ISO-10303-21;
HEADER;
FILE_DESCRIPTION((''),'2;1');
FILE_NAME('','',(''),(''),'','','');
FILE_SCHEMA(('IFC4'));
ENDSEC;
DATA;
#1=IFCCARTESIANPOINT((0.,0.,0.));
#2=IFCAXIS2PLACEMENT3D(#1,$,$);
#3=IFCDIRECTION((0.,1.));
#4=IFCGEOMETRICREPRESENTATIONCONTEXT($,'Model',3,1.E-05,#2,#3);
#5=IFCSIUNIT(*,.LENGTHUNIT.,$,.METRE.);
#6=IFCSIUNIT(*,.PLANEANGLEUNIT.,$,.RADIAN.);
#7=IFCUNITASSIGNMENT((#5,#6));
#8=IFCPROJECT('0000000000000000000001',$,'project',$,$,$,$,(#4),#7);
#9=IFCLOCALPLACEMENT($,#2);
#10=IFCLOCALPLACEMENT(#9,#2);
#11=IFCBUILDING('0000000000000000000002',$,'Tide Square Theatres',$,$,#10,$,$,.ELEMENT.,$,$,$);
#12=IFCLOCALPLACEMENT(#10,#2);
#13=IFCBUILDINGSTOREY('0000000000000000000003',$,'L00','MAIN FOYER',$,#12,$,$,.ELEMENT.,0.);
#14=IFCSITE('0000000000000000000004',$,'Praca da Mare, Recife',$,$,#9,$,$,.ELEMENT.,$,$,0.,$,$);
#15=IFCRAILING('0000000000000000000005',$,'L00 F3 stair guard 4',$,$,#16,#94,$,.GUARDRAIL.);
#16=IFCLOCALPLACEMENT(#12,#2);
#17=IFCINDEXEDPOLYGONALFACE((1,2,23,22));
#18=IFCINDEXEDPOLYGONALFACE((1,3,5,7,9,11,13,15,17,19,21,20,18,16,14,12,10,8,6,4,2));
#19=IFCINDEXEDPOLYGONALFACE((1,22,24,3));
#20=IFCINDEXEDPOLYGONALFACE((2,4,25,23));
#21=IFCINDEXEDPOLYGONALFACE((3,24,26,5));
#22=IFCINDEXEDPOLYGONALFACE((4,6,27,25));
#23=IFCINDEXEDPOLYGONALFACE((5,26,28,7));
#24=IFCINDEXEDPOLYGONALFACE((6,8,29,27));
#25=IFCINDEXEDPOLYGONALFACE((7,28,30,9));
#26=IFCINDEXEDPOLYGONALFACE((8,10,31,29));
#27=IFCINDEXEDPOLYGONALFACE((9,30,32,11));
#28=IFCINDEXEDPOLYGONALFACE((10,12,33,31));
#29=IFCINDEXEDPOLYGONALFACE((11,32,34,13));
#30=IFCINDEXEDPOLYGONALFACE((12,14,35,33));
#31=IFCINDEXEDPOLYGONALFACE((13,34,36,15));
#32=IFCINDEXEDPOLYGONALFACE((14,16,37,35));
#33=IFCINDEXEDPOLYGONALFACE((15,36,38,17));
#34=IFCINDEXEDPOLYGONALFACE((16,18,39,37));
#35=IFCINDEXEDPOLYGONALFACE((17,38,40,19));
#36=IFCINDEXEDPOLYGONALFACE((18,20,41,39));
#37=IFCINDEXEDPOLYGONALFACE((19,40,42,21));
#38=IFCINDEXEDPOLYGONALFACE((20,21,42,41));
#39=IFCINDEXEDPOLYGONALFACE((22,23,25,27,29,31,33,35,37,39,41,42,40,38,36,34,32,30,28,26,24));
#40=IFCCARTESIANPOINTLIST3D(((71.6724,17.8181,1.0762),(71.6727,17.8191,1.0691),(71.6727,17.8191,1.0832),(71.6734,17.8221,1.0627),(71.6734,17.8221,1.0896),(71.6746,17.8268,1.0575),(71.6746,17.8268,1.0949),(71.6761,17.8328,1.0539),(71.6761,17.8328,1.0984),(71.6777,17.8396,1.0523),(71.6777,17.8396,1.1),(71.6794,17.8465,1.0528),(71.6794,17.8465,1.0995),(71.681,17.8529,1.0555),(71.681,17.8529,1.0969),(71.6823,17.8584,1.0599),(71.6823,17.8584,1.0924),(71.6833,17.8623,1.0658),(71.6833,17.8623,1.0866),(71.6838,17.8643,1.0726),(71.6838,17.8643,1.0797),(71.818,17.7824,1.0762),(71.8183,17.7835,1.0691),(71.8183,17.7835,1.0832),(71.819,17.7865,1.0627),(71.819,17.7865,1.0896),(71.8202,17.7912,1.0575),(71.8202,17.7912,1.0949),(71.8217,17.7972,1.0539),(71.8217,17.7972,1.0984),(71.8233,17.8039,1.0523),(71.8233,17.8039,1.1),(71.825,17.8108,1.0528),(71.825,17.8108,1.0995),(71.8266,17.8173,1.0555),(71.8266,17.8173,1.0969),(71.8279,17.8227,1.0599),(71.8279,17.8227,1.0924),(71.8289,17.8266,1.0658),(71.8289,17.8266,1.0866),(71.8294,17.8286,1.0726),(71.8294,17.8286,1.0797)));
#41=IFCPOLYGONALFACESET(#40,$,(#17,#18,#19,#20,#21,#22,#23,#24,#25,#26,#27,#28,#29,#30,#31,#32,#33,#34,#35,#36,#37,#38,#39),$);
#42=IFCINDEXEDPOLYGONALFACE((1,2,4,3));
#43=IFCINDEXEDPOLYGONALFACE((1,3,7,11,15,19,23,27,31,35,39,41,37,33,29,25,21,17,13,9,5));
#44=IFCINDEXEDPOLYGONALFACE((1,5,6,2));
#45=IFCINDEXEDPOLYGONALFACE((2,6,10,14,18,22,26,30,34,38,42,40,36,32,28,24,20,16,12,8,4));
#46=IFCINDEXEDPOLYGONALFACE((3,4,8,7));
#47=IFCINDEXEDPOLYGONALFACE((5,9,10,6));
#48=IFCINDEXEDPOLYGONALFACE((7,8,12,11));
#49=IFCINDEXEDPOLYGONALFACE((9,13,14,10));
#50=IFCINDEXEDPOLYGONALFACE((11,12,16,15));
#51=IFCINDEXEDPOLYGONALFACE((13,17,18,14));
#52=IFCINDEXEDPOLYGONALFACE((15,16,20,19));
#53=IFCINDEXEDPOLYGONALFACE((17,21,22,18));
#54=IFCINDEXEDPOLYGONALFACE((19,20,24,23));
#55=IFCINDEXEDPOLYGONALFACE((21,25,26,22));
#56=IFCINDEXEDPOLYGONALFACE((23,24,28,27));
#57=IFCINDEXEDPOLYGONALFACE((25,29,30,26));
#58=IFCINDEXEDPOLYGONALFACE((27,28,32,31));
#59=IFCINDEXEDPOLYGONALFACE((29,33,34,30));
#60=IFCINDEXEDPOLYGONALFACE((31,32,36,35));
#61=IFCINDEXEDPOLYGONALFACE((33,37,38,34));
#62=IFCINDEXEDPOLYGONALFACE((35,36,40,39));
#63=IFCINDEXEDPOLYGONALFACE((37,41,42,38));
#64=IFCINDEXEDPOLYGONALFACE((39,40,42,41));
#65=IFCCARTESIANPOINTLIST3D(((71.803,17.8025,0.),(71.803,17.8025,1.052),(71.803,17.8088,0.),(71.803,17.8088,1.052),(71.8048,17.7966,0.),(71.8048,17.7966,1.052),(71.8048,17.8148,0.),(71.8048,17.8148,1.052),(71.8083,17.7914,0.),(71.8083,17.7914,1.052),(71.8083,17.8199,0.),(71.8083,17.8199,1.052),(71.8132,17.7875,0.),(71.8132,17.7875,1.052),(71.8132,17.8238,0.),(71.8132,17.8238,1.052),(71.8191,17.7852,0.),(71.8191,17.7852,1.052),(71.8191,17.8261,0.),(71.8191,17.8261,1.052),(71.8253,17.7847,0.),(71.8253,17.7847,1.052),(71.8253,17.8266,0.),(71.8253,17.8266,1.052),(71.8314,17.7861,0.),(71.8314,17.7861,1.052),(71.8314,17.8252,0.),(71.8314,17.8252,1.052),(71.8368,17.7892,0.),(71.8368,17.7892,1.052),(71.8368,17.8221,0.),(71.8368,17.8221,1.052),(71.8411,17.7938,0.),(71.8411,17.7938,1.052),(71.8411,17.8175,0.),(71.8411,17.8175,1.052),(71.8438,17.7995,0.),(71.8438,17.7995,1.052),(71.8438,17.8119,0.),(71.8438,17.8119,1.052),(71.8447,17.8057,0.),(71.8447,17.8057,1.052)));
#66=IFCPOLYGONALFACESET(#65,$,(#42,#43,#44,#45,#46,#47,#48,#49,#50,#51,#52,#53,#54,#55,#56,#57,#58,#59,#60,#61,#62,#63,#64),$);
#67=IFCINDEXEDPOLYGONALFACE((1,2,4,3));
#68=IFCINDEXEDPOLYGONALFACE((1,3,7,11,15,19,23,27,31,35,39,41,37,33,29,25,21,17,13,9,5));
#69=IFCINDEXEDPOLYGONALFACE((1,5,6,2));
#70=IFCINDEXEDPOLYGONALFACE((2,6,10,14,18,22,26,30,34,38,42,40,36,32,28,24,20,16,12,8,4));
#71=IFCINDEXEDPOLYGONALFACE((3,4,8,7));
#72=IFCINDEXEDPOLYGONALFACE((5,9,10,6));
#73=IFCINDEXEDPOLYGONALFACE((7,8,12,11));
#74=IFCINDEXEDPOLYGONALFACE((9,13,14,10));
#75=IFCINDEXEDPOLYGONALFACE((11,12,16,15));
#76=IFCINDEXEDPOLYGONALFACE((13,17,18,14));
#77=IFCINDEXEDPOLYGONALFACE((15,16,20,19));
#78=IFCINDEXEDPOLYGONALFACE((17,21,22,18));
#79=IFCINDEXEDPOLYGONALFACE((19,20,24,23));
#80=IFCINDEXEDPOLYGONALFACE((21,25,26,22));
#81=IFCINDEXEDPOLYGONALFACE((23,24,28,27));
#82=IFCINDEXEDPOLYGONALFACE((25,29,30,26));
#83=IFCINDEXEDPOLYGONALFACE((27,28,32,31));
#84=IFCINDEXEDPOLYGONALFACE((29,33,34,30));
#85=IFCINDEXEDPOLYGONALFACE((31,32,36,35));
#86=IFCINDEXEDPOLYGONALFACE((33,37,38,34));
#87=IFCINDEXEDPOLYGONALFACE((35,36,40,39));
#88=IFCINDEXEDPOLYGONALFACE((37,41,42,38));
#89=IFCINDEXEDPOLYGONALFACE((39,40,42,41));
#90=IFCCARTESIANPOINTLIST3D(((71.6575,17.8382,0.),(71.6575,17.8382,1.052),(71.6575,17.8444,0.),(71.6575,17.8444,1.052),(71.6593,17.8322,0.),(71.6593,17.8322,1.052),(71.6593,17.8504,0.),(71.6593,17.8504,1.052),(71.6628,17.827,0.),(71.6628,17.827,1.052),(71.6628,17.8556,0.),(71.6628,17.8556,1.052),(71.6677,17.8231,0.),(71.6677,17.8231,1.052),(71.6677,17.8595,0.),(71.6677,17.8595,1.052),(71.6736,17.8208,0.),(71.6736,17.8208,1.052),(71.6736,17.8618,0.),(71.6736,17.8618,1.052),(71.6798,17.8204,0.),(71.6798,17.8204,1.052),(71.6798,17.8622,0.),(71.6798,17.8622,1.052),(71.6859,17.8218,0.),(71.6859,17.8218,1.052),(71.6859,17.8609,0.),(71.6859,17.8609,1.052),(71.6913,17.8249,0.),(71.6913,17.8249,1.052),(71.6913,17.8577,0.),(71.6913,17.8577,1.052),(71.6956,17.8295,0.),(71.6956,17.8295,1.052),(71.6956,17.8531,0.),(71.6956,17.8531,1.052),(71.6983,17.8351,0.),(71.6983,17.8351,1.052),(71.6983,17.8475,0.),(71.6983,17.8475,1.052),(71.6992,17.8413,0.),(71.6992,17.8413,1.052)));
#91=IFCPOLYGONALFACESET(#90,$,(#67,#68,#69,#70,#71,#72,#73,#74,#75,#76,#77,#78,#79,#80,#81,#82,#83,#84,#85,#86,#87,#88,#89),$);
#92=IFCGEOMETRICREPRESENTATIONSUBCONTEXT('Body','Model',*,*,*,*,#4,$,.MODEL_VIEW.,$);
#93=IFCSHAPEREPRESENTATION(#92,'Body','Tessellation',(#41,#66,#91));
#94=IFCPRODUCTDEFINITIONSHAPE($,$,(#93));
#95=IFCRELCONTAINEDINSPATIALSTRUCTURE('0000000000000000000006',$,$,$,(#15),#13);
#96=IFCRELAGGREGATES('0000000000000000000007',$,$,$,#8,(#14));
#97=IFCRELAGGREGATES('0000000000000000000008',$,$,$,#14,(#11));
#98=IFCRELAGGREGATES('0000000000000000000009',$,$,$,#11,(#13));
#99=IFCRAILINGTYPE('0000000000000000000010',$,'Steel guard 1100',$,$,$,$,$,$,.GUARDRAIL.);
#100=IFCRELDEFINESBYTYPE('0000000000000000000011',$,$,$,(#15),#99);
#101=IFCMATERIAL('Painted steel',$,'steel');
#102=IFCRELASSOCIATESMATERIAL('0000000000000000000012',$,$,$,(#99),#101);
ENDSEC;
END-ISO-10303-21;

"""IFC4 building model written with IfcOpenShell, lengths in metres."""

from ifc_helpers import new_model, si_unit, direction, frame, origin, origin_2d, place, context, subcontext, project, spatial, circle, extrude, material, type_object, element, save


model = new_model("IFC4")

# Units and contexts
model_context = context("Model", 3, precision=1e-05, world=origin(), true_north=direction((0.0, 1.0)))
body_context = subcontext(model_context, "Body", "Model", "MODEL_VIEW")
ifc_project = project(units=[si_unit("LENGTHUNIT", "METRE"), si_unit("PLANEANGLEUNIT", "RADIAN")], contexts=[model_context])

# Site, building, storey
site_placement = place(None, origin())
site = spatial("IfcSite", under=ifc_project, at=site_placement, Name="Praca da Mare, Recife", CompositionType="ELEMENT", RefElevation=0.0)
building_placement = place(site_placement, origin())
building = spatial("IfcBuilding", under=site, at=building_placement, Name="Tide Square Theatres", CompositionType="ELEMENT")
storey_placement = place(building_placement, origin())
storey = spatial("IfcBuildingStorey", under=building, at=storey_placement, Name="L00", Description="MAIN FOYER", CompositionType="ELEMENT", Elevation=0.0)

# Railing
ifc_material_1 = material(Name="Painted steel", Category="steel")
railing_type_1 = type_object("IfcRailingType", Name="Steel guard 1100", PredefinedType="GUARDRAIL", material=ifc_material_1)
railing_1_placement = place(storey_placement, frame((71.8237, 17.8057, 0.0)))
element("IfcRailing", 1, at=railing_1_placement, inside=storey, type_object=railing_type_1, Name="L00 F3 stair guard 4", PredefinedType="GUARDRAIL", context=body_context, shape_type="SweptSolid", body=[
    extrude(circle(Radius=0.0239, at=origin_2d()), frame((0.0, 0.0, 1.0762), z_axis=(-0.971282, 0.237931, 0.0), x_axis=(-0.237931, -0.971282, 0.0)), (0.0, 0.0, 1.0), 0.1499),
    extrude(circle(Radius=0.021, at=origin_2d()), origin(), (0.0, 0.0, 1.0), 1.052),
    extrude(circle(Radius=0.021, at=origin_2d()), frame((-0.1455, 0.0356, 0.0)), (0.0, 0.0, 1.0), 1.052),
])

save(model, "model.ifc")
